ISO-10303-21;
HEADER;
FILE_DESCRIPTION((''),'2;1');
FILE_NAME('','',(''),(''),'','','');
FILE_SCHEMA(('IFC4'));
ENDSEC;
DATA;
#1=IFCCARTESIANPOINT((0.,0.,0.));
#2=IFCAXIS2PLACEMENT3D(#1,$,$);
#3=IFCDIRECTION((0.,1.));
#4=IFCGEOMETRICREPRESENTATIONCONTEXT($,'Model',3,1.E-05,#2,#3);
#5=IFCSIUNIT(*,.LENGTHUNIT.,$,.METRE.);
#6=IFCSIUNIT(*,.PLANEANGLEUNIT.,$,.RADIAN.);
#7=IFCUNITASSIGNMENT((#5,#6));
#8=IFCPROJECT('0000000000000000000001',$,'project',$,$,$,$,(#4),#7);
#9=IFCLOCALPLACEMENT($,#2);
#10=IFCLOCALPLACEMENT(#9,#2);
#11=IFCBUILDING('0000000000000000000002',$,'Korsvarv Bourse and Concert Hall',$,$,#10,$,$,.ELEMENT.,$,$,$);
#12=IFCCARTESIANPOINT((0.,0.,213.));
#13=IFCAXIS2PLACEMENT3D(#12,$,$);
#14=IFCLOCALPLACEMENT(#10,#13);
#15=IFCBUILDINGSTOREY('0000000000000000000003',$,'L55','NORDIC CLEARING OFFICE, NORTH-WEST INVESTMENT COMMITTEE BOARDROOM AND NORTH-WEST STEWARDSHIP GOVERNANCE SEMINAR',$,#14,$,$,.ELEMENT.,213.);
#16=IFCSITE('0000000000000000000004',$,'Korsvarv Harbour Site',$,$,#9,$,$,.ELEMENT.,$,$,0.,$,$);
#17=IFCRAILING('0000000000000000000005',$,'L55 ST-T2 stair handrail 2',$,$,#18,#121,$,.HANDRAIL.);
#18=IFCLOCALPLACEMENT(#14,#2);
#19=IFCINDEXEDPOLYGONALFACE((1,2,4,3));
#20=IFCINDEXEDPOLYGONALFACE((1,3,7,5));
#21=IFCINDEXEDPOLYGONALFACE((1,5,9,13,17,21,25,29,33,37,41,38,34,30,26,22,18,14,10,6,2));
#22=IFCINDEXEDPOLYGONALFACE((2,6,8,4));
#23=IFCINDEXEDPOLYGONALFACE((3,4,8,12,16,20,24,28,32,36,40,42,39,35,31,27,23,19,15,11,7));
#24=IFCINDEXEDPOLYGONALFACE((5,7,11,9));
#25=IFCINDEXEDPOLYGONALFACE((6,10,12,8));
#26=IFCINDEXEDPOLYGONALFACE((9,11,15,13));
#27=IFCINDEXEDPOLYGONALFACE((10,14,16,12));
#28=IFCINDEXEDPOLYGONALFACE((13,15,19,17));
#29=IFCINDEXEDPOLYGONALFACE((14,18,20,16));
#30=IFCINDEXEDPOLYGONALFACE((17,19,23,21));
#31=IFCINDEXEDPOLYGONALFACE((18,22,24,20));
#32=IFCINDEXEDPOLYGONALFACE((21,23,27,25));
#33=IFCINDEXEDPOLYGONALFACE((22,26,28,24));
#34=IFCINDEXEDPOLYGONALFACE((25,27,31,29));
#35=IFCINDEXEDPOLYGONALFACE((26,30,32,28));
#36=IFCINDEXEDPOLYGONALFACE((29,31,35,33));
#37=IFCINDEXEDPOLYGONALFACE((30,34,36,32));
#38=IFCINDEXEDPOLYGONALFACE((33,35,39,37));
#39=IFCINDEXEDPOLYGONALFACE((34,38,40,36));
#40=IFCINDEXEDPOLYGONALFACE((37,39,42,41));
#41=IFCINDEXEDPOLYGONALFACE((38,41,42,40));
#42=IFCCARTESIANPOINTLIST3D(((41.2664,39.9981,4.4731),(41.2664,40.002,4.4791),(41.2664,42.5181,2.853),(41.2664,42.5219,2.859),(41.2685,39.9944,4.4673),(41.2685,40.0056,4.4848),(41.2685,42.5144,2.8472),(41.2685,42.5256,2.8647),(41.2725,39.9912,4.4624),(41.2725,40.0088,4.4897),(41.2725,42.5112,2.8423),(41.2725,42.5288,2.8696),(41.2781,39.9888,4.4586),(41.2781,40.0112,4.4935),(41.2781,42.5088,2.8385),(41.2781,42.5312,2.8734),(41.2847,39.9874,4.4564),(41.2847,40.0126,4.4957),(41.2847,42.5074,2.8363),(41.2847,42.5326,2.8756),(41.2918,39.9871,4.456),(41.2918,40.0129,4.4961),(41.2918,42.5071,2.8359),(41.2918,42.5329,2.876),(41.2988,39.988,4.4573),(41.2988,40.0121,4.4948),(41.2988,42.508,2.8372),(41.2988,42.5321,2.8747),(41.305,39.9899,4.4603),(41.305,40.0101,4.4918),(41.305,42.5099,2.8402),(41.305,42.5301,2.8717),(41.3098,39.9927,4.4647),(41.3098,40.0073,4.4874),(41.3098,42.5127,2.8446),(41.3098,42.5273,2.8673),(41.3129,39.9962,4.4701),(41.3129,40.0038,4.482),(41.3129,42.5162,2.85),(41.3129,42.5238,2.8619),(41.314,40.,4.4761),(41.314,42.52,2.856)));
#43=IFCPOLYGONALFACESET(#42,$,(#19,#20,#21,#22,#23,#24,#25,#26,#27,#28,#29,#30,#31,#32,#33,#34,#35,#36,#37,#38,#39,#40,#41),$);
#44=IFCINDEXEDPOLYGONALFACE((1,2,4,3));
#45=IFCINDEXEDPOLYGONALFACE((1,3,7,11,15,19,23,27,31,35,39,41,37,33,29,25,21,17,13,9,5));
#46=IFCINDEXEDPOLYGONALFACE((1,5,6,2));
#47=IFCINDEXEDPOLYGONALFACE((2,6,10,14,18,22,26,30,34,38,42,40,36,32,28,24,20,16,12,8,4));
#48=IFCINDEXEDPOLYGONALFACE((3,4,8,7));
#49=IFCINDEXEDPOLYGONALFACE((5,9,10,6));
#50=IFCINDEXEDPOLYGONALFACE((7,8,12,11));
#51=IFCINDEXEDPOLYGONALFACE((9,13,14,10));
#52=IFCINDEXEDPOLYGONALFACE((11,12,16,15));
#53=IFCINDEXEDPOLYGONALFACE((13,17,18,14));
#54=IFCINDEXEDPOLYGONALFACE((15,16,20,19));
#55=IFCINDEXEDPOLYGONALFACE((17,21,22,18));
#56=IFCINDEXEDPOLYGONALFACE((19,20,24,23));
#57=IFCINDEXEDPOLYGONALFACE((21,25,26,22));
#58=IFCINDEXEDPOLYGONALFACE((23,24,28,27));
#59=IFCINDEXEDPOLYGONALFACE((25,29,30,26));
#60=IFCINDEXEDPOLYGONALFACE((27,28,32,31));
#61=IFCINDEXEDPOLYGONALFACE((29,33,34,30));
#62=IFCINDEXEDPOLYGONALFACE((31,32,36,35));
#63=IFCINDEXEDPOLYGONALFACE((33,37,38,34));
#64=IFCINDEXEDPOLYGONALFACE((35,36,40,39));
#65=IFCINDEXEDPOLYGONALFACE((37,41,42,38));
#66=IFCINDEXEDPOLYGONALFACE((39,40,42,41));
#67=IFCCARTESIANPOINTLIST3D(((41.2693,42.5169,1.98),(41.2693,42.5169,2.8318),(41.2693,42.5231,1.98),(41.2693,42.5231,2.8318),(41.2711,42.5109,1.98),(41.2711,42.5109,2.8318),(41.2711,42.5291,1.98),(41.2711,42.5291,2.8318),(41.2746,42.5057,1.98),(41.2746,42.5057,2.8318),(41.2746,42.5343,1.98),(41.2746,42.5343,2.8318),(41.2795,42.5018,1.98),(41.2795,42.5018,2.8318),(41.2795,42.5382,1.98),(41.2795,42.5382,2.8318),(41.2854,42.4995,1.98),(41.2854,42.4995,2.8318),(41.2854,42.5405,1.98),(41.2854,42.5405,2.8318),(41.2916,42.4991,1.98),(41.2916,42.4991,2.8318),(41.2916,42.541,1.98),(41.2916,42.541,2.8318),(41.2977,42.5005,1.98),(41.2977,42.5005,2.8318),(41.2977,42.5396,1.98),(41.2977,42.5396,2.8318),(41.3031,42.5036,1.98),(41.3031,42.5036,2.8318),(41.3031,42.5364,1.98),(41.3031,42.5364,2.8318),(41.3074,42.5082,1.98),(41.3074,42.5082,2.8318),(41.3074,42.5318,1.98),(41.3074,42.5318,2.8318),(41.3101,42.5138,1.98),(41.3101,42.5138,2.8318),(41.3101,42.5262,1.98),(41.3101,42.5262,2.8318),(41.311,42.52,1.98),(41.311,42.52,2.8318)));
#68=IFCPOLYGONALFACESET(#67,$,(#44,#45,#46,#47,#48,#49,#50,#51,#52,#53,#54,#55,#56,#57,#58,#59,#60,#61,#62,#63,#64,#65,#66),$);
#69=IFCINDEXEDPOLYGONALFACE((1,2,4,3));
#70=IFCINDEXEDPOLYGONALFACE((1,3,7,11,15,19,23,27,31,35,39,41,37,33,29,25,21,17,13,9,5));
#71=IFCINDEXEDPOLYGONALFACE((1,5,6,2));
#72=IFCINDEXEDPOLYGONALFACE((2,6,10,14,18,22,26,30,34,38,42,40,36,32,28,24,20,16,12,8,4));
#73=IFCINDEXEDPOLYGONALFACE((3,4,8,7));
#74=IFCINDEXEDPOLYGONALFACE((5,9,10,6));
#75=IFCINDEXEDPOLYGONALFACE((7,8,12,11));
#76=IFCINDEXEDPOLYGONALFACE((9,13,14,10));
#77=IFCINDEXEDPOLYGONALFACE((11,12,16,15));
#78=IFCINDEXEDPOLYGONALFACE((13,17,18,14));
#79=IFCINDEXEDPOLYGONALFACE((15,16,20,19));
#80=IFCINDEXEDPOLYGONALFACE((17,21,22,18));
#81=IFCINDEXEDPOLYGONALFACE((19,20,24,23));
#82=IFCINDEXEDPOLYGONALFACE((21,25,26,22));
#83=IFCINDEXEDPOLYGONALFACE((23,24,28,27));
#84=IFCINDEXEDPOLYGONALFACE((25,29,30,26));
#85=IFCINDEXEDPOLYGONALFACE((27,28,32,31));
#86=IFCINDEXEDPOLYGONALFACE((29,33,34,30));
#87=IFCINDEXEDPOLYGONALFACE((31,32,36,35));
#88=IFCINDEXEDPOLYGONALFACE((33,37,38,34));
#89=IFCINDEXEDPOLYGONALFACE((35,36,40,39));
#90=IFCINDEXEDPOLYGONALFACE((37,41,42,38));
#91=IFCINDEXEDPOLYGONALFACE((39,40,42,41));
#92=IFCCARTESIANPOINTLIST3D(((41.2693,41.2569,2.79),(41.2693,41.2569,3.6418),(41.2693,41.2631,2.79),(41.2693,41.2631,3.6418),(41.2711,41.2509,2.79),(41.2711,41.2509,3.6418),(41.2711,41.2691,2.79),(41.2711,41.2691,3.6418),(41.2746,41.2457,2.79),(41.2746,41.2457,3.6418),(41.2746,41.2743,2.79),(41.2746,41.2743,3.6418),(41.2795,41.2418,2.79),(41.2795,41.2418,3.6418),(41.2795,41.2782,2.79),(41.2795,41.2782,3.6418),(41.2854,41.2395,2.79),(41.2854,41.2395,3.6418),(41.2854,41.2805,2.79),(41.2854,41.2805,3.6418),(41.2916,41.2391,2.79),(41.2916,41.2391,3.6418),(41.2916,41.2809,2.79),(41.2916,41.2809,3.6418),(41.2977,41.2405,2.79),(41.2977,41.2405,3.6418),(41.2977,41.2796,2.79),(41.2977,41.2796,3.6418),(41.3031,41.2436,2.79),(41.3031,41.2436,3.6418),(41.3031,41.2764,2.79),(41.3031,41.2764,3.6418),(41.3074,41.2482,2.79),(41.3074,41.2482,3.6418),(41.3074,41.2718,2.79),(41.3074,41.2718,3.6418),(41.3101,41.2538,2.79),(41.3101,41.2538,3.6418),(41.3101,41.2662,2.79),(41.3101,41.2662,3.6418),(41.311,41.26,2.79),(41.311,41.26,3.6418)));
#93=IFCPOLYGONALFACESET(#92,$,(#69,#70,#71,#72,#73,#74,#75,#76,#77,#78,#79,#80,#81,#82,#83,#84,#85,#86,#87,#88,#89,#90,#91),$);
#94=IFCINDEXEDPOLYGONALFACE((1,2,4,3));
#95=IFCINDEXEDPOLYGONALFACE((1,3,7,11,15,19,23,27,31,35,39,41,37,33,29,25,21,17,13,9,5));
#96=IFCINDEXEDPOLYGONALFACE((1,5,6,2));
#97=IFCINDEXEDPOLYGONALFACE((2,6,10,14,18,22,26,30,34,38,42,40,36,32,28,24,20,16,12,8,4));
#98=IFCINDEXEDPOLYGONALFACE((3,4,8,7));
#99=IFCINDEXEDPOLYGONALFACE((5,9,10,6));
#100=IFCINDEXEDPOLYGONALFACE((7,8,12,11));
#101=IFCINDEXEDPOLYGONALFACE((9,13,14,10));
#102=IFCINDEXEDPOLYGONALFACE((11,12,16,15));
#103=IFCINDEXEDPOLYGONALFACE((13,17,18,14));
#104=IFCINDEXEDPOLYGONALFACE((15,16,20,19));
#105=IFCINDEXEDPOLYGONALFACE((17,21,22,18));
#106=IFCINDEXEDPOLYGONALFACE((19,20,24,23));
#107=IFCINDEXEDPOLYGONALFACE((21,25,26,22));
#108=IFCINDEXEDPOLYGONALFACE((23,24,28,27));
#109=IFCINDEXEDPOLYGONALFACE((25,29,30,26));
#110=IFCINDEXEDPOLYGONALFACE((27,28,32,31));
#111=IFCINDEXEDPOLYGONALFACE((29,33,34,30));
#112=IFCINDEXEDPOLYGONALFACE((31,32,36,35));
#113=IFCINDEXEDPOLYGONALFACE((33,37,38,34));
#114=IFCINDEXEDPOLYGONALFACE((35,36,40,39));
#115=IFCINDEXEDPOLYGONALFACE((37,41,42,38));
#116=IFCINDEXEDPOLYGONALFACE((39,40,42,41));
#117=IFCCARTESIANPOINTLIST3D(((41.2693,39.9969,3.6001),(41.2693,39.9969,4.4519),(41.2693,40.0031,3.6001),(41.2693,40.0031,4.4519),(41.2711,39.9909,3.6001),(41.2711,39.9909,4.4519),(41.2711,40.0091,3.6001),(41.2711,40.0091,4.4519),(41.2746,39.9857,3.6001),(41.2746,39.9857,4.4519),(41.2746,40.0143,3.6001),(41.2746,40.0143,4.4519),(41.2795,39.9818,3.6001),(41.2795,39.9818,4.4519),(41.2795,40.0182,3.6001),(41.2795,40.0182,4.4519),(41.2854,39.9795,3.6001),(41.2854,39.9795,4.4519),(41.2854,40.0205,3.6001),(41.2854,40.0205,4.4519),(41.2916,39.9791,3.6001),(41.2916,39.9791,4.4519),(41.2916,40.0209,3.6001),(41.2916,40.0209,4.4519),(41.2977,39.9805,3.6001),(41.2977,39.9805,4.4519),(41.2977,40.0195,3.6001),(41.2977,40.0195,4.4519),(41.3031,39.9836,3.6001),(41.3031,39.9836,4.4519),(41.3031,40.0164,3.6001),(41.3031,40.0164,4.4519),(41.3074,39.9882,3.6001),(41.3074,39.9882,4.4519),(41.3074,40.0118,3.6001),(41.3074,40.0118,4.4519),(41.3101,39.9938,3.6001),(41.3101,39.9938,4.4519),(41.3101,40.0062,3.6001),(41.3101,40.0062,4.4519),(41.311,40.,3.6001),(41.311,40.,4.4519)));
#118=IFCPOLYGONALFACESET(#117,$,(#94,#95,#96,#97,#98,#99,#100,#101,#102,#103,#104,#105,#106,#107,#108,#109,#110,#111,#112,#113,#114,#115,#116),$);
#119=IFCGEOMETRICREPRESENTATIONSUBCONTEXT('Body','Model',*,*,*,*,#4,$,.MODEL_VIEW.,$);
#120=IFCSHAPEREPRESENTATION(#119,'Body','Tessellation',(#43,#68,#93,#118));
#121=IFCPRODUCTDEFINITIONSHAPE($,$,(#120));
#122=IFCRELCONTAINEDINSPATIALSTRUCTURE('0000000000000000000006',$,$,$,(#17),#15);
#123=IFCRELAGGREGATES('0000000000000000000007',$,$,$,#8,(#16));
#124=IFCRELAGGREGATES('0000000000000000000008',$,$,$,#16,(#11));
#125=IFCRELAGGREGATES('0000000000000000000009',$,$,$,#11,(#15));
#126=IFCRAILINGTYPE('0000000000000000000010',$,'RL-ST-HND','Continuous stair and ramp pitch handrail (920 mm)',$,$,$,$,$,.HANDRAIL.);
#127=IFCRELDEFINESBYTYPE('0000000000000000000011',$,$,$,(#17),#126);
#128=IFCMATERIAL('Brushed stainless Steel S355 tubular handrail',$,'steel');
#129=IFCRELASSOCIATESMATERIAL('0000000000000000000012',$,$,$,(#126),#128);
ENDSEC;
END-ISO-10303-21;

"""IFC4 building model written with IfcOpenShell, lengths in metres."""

from ifc_helpers import new_model, si_unit, direction, frame, origin, origin_2d, place, context, subcontext, project, spatial, circle, extrude, material, type_object, element, save


model = new_model("IFC4")

# Units and contexts
model_context = context("Model", 3, precision=1e-05, world=origin(), true_north=direction((0.0, 1.0)))
body_context = subcontext(model_context, "Body", "Model", "MODEL_VIEW")
ifc_project = project(units=[si_unit("LENGTHUNIT", "METRE"), si_unit("PLANEANGLEUNIT", "RADIAN")], contexts=[model_context])

# Site, building, storey
site_placement = place(None, origin())
site = spatial("IfcSite", under=ifc_project, at=site_placement, Name="Korsvarv Harbour Site", CompositionType="ELEMENT", RefElevation=0.0)
building_placement = place(site_placement, origin())
building = spatial("IfcBuilding", under=site, at=building_placement, Name="Korsvarv Bourse and Concert Hall", CompositionType="ELEMENT")
storey_placement = place(building_placement, frame((0.0, 0.0, 213.0)))
storey = spatial("IfcBuildingStorey", under=building, at=storey_placement, Name="L55", Description="NORDIC CLEARING OFFICE, NORTH-WEST INVESTMENT COMMITTEE BOARDROOM AND NORTH-WEST STEWARDSHIP GOVERNANCE SEMINAR", CompositionType="ELEMENT", Elevation=213.0)

# Railing
ifc_material_1 = material(Name="Brushed stainless Steel S355 tubular handrail", Category="steel")
railing_type_1 = type_object("IfcRailingType", Name="RL-ST-HND", Description="Continuous stair and ramp pitch handrail (920 mm)", PredefinedType="HANDRAIL", material=ifc_material_1)
railing_1_placement = place(storey_placement, frame((41.29, 42.52, 1.98)))
element("IfcRailing", 1, at=railing_1_placement, inside=storey, type_object=railing_type_1, Name="L55 ST-T2 stair handrail 2", PredefinedType="HANDRAIL", context=body_context, shape_type="SweptSolid", body=[
    extrude(circle(Radius=0.0239, at=origin_2d()), frame((0.0, 0.0, 0.876), z_axis=(0.0, -0.841163, 0.540782), x_axis=(1.0, 0.0, 0.0)), (0.0, 0.0, 1.0), 2.9958),
    extrude(circle(Radius=0.021, at=origin_2d()), origin(), (0.0, 0.0, 1.0), 0.8518),
    extrude(circle(Radius=0.021, at=origin_2d()), frame((0.0, -1.26, 0.8101)), (0.0, 0.0, 1.0), 0.8518),
    extrude(circle(Radius=0.021, at=origin_2d()), frame((0.0, -2.52, 1.6201)), (0.0, 0.0, 1.0), 0.8518),
])

save(model, "model.ifc")
